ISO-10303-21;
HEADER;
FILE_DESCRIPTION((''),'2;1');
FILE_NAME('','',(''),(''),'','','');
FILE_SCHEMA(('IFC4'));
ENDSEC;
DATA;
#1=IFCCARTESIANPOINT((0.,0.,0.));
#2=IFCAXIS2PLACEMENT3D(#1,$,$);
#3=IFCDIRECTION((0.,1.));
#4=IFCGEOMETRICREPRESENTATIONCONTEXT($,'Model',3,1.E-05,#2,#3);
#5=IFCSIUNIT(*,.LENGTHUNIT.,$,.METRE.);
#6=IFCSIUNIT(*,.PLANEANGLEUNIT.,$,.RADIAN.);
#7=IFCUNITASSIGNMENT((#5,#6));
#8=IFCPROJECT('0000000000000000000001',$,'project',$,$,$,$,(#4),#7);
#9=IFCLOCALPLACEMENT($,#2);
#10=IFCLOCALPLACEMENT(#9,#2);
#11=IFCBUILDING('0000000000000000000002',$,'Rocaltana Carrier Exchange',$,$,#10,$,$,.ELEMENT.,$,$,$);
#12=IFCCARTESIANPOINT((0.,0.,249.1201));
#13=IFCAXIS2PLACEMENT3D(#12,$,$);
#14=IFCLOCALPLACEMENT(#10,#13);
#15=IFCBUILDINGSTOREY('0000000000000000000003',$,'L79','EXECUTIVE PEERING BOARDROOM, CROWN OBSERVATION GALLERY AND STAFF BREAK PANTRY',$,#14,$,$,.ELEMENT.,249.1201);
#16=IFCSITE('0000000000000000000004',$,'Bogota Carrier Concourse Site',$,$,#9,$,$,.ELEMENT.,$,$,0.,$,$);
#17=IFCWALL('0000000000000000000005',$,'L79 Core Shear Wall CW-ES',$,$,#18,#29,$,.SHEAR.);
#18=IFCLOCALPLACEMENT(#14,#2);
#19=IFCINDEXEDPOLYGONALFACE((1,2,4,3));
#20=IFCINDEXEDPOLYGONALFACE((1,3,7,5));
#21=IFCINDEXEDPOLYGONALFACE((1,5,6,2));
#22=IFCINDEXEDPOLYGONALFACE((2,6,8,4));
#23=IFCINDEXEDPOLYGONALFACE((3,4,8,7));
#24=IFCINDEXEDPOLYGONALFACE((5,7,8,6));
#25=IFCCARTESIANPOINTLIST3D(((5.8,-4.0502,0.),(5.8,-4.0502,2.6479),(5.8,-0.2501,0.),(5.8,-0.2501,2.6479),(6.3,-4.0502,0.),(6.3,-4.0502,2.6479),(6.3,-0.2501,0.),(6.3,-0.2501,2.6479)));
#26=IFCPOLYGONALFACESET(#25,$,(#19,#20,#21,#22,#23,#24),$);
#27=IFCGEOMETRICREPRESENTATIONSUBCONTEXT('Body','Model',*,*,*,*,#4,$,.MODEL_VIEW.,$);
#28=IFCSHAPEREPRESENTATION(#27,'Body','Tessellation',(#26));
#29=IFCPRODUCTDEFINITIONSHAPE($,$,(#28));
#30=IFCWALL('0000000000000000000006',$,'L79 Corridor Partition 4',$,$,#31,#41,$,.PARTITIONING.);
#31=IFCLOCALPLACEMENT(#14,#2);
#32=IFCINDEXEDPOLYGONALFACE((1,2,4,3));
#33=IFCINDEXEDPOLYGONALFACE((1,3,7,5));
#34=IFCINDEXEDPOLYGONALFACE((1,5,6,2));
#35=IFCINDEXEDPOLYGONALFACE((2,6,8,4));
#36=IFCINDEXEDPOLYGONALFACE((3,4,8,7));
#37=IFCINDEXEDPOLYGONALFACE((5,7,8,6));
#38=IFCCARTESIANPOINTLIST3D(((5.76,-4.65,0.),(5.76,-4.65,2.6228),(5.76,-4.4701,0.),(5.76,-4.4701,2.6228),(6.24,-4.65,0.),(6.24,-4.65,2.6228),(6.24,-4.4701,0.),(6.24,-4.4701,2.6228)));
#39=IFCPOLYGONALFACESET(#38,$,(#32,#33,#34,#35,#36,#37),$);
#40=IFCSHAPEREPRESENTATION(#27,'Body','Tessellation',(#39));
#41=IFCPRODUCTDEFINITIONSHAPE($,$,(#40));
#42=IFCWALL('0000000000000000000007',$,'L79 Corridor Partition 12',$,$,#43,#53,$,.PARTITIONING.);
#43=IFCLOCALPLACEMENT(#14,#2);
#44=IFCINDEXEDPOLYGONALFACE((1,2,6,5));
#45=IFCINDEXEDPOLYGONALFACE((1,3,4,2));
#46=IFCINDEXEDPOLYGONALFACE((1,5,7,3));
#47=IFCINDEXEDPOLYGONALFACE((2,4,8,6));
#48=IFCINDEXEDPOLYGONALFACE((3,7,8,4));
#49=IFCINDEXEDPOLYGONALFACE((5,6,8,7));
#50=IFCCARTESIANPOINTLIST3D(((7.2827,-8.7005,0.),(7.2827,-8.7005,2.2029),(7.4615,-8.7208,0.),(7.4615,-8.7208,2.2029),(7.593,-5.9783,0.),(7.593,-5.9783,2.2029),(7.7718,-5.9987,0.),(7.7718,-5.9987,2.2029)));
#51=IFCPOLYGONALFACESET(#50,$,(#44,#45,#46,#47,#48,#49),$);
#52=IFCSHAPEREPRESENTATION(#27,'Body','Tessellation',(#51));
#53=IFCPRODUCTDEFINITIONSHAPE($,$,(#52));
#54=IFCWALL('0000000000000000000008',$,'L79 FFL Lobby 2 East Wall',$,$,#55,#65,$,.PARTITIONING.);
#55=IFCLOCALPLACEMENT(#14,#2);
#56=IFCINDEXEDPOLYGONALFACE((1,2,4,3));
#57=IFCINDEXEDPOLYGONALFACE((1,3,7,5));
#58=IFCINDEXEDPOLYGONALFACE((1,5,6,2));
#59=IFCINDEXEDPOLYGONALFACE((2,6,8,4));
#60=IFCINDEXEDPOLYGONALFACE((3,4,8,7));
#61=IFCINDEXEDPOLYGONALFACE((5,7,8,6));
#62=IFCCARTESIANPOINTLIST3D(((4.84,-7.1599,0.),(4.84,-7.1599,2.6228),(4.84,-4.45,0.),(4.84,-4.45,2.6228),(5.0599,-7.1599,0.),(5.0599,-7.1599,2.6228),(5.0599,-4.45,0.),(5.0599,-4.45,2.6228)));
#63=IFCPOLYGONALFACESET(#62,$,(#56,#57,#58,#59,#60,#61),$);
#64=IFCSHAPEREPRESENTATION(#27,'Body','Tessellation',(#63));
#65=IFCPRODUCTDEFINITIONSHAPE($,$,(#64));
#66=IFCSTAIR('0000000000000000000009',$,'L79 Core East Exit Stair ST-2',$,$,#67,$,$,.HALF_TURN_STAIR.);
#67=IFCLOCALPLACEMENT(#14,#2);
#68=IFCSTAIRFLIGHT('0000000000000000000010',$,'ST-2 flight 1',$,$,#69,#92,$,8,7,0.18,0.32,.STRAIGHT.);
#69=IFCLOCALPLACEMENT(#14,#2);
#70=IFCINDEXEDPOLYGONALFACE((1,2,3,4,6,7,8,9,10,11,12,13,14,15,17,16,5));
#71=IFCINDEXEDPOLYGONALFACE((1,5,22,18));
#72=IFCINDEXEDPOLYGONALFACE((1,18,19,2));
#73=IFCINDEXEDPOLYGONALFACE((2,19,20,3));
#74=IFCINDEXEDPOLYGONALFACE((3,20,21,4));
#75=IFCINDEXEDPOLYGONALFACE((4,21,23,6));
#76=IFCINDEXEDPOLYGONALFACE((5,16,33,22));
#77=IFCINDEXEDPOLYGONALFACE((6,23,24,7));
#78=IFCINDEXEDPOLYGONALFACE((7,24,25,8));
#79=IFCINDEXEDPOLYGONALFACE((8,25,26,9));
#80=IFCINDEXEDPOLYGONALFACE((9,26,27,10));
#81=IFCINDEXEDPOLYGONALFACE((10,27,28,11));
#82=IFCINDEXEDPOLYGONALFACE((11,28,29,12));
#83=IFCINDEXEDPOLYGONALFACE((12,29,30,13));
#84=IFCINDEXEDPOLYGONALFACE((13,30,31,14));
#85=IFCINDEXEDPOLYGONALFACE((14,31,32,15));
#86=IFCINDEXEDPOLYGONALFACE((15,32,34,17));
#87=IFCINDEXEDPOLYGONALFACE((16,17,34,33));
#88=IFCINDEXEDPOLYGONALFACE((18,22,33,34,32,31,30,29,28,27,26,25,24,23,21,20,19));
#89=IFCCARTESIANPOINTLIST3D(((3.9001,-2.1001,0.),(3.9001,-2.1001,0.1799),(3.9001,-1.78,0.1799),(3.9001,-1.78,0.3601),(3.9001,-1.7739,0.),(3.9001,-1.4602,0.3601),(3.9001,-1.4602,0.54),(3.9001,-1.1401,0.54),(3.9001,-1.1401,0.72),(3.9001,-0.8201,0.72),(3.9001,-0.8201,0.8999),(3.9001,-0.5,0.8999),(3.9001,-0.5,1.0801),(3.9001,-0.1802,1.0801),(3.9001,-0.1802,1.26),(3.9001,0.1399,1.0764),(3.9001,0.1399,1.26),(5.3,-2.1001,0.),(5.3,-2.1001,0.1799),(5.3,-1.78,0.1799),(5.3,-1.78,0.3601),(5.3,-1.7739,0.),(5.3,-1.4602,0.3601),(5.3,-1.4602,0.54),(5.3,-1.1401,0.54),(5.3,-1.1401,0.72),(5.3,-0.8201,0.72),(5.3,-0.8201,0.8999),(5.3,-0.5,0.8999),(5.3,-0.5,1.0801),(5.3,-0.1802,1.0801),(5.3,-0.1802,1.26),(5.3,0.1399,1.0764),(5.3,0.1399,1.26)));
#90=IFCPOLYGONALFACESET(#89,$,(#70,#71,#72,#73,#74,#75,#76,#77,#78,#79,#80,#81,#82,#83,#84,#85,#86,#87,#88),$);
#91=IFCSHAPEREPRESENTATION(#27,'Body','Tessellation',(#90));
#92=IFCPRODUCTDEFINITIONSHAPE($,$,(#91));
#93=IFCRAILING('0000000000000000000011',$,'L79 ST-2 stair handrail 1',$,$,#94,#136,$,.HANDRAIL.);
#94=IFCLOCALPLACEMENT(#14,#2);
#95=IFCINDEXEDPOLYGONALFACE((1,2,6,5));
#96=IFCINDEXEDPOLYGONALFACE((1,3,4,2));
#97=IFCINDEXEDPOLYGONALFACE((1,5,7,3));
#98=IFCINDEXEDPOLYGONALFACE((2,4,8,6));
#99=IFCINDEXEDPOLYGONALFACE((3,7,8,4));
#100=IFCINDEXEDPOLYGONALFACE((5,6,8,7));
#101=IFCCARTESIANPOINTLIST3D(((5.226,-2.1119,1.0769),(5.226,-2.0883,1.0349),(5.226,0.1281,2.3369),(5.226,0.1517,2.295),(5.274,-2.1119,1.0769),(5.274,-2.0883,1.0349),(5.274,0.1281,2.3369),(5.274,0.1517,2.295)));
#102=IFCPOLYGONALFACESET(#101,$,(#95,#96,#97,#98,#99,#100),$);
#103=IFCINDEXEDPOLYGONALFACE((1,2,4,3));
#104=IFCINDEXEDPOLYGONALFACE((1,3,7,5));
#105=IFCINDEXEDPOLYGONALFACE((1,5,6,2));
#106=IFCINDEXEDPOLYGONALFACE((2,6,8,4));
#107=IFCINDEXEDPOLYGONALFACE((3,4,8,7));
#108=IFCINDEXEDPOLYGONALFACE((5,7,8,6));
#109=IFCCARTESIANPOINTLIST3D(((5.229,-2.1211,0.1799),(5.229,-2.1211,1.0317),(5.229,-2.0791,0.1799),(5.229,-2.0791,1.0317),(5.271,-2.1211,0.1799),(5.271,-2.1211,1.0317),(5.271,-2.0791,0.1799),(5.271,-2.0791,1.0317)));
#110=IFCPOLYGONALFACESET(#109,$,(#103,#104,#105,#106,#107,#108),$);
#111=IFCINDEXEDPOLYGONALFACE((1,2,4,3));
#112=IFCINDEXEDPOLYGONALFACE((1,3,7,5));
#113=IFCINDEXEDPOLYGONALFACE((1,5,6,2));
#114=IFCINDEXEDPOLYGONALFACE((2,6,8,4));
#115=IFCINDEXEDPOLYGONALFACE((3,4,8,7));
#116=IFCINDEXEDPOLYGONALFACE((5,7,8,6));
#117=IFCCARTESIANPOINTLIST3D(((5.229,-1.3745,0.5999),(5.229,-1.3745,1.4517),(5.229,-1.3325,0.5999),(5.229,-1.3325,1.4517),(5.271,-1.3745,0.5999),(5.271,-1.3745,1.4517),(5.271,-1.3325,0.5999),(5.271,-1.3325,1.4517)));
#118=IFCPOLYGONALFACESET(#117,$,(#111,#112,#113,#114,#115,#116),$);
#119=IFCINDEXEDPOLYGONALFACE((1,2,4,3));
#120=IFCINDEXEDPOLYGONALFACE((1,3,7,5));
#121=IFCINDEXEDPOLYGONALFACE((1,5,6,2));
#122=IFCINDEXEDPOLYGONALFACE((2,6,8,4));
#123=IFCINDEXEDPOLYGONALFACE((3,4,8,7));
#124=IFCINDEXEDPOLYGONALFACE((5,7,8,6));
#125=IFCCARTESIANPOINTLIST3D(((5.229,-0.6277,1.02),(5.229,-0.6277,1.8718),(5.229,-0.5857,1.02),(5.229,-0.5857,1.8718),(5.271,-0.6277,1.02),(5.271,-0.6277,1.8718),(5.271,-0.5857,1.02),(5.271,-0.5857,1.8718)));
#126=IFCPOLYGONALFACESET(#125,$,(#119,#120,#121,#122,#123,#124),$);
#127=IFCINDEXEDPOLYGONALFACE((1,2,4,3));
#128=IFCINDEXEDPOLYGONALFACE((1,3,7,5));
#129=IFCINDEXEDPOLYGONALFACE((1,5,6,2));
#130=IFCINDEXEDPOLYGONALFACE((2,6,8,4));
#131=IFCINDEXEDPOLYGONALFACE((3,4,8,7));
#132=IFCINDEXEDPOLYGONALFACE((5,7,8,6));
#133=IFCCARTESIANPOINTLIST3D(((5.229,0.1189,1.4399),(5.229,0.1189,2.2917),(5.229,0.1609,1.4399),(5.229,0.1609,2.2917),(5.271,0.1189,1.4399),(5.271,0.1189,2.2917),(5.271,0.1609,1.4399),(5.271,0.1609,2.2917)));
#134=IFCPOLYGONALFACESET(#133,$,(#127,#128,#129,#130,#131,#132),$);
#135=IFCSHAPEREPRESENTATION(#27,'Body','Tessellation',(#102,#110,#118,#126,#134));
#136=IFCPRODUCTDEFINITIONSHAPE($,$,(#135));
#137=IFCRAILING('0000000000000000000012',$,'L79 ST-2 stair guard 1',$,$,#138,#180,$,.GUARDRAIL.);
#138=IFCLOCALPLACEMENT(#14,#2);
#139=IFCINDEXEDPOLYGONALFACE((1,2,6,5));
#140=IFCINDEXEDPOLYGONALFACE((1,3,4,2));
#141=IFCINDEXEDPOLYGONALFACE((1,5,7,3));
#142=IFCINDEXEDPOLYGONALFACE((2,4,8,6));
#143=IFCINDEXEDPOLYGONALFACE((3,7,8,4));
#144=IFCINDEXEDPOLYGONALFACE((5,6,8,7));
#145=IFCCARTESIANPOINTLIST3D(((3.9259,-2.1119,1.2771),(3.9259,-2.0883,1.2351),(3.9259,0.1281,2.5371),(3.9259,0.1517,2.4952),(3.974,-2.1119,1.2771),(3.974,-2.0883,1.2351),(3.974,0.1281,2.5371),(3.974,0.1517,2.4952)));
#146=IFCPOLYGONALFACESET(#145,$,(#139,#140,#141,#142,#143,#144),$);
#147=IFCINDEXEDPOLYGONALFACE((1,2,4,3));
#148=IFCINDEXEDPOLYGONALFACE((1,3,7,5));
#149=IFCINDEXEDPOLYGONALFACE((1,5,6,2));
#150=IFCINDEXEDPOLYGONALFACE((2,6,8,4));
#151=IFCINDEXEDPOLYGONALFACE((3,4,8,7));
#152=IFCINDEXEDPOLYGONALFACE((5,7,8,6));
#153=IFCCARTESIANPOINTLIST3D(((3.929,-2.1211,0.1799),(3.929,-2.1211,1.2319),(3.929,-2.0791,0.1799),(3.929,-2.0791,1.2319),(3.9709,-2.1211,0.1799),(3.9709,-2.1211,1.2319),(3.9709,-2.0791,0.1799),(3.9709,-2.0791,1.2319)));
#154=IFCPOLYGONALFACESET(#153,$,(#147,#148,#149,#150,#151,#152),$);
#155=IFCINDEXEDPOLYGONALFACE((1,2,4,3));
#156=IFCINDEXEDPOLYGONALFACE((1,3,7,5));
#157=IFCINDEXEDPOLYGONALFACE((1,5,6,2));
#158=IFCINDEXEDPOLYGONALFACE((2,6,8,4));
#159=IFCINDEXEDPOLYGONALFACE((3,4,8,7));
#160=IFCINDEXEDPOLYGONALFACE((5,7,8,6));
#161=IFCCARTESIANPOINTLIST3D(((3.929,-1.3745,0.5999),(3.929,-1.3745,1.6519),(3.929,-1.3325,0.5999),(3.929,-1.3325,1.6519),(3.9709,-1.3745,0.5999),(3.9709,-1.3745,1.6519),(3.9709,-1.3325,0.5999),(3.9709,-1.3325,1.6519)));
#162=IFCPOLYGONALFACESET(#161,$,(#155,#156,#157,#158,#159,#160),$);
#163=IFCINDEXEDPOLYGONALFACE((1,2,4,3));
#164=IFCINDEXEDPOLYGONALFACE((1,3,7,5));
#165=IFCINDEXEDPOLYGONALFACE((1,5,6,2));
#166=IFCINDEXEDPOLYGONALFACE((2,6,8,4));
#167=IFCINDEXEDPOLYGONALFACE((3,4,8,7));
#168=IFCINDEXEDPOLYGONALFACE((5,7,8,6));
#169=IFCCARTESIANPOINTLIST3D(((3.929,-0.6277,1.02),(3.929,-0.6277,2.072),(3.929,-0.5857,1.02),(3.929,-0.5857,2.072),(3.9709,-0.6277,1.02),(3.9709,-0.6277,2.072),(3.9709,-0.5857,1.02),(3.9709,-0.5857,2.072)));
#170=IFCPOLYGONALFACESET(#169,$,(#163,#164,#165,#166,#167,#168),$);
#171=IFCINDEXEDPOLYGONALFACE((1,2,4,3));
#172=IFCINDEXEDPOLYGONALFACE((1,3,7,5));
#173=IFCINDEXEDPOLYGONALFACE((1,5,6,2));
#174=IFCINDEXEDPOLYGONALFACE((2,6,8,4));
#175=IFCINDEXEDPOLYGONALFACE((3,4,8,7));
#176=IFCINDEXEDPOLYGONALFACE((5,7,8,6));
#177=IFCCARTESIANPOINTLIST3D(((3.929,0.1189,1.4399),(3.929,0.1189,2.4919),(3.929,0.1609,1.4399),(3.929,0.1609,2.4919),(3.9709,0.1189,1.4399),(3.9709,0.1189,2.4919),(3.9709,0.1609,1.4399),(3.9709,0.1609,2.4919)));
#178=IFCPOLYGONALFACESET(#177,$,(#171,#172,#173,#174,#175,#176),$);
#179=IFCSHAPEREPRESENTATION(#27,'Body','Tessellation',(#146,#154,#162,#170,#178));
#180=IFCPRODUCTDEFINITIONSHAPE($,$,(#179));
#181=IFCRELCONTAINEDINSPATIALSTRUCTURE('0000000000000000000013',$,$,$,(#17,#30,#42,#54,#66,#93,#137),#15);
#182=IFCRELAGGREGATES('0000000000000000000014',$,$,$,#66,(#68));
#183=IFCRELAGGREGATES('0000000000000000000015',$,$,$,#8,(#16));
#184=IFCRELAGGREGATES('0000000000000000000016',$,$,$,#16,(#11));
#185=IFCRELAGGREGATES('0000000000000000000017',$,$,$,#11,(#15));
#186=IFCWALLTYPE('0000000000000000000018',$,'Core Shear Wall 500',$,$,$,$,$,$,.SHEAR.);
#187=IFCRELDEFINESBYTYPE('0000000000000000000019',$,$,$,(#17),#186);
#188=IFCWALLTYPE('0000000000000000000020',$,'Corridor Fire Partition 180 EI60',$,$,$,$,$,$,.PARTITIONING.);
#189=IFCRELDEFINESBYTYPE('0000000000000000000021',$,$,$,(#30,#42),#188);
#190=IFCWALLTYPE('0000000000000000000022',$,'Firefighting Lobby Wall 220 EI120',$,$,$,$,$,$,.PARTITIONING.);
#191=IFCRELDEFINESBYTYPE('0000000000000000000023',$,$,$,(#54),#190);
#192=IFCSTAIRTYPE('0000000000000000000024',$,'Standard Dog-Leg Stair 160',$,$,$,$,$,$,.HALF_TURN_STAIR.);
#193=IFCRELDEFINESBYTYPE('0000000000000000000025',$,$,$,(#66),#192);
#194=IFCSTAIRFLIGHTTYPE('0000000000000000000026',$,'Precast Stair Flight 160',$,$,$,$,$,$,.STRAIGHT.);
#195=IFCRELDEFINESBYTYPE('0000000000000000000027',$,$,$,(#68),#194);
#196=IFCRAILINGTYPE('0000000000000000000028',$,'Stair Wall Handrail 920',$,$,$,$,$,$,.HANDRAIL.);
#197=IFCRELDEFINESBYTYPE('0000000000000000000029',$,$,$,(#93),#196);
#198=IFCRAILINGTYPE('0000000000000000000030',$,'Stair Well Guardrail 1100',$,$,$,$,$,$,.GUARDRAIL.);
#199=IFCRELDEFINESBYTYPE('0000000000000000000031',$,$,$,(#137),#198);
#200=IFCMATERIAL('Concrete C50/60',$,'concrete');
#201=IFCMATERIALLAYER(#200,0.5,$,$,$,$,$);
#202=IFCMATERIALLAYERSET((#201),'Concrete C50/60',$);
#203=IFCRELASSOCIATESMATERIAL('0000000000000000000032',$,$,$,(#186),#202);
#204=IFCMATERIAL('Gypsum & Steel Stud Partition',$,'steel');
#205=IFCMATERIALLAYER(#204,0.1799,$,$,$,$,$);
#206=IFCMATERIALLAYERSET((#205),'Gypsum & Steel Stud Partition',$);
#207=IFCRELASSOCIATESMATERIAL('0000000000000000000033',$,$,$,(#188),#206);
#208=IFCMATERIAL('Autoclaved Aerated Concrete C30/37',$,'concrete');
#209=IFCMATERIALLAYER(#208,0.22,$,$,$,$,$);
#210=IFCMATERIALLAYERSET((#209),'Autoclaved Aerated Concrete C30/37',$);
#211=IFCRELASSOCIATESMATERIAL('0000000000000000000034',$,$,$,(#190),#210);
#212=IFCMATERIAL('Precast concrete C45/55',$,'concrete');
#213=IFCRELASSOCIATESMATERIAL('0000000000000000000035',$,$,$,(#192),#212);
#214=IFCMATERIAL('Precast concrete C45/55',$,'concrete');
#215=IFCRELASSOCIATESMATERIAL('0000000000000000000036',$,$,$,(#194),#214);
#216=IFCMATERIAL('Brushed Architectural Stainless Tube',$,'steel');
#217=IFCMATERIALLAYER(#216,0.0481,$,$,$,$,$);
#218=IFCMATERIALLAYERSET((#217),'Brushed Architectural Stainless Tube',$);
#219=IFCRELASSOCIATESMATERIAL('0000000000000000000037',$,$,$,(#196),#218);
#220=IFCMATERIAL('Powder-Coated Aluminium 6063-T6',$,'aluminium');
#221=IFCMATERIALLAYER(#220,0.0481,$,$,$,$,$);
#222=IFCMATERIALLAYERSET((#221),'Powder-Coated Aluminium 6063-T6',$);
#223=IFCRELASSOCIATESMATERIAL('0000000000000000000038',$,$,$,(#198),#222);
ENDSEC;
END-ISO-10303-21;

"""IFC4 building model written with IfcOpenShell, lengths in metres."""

from ifc_helpers import new_model, si_unit, direction, frame, frame_2d, origin, origin_2d, place, context, subcontext, project, spatial, polyline, rectangle, outline, extrude, material, layer, layer_set, type_object, element, aggregate, save


model = new_model("IFC4")

# Units and contexts
model_context = context("Model", 3, precision=1e-05, world=origin(), true_north=direction((0.0, 1.0)))
body_context = subcontext(model_context, "Body", "Model", "MODEL_VIEW")
ifc_project = project(units=[si_unit("LENGTHUNIT", "METRE"), si_unit("PLANEANGLEUNIT", "RADIAN")], contexts=[model_context])

# Site, building, storey
site_placement = place(None, origin())
site = spatial("IfcSite", under=ifc_project, at=site_placement, Name="Bogota Carrier Concourse Site", CompositionType="ELEMENT", RefElevation=0.0)
building_placement = place(site_placement, origin())
building = spatial("IfcBuilding", under=site, at=building_placement, Name="Rocaltana Carrier Exchange", CompositionType="ELEMENT")
storey_placement = place(building_placement, frame((0.0, 0.0, 249.1201)))
storey = spatial("IfcBuildingStorey", under=building, at=storey_placement, Name="L79", Description="EXECUTIVE PEERING BOARDROOM, CROWN OBSERVATION GALLERY AND STAFF BREAK PANTRY", CompositionType="ELEMENT", Elevation=249.1201)

# Walls
ifc_material_1 = material(Name="Concrete C50/60", Category="concrete")
ifc_layer_1 = layer(ifc_material_1, 0.5)
ifc_layer_set_1 = layer_set([ifc_layer_1], Name="Concrete C50/60")
wall_type_1 = type_object("IfcWallType", Name="Core Shear Wall 500", PredefinedType="SHEAR", material=ifc_layer_set_1)
wall_1_placement = place(storey_placement, frame((6.05, -4.05, 0.0), z_axis=(0.0, 0.0, 1.0), x_axis=(0.0, 1.0, 0.0)))
element("IfcWall", 1, at=wall_1_placement, inside=storey, type_object=wall_type_1, Name="L79 Core Shear Wall CW-ES", PredefinedType="SHEAR", context=body_context, shape_type="SweptSolid", body=[
    extrude(rectangle(XDim=3.8, YDim=0.5, at=frame_2d((1.8999, 0.0))), origin(), (0.0, 0.0, 1.0), 2.6479),
])
ifc_material_2 = material(Name="Gypsum & Steel Stud Partition", Category="steel")
ifc_layer_2 = layer(ifc_material_2, 0.1799)
ifc_layer_set_2 = layer_set([ifc_layer_2], Name="Gypsum & Steel Stud Partition")
wall_type_2 = type_object("IfcWallType", Name="Corridor Fire Partition 180 EI60", PredefinedType="PARTITIONING", material=ifc_layer_set_2)
wall_2_placement = place(storey_placement, frame((5.76, -4.5601, 0.0), z_axis=(0.0, 0.0, 1.0), x_axis=(1.0, 0.0, 0.0)))
element("IfcWall", 2, at=wall_2_placement, inside=storey, type_object=wall_type_2, Name="L79 Corridor Partition 4", PredefinedType="PARTITIONING", context=body_context, shape_type="SweptSolid", body=[
    extrude(rectangle(XDim=0.48, YDim=0.1799, at=frame_2d((0.24, 0.0))), origin(), (0.0, 0.0, 1.0), 2.6228),
])
wall_3_placement = place(storey_placement, frame((7.6824, -5.9885, 0.0), z_axis=(0.0, 0.0, 1.0), x_axis=(-0.113258, -0.993566, 0.0)))
element("IfcWall", 3, at=wall_3_placement, inside=storey, type_object=wall_type_2, Name="L79 Corridor Partition 12", PredefinedType="PARTITIONING", context=body_context, shape_type="SweptSolid", body=[
    extrude(rectangle(XDim=2.7397, YDim=0.1799, at=frame_2d((1.3699, 0.0))), origin(), (0.0, 0.0, 1.0), 2.2029),
])
ifc_material_3 = material(Name="Autoclaved Aerated Concrete C30/37", Category="concrete")
ifc_layer_3 = layer(ifc_material_3, 0.22)
ifc_layer_set_3 = layer_set([ifc_layer_3], Name="Autoclaved Aerated Concrete C30/37")
wall_type_3 = type_object("IfcWallType", Name="Firefighting Lobby Wall 220 EI120", PredefinedType="PARTITIONING", material=ifc_layer_set_3)
wall_4_placement = place(storey_placement, frame((4.95, -7.1599, 0.0), z_axis=(0.0, 0.0, 1.0), x_axis=(0.0, 1.0, 0.0)))
element("IfcWall", 4, at=wall_4_placement, inside=storey, type_object=wall_type_3, Name="L79 FFL Lobby 2 East Wall", PredefinedType="PARTITIONING", context=body_context, shape_type="SweptSolid", body=[
    extrude(rectangle(XDim=2.71, YDim=0.22, at=frame_2d((1.355, 0.0))), origin(), (0.0, 0.0, 1.0), 2.6228),
])

# Stair, stair flight
ifc_material_4 = material(Name="Precast concrete C45/55", Category="concrete")
stair_type = type_object("IfcStairType", Name="Standard Dog-Leg Stair 160", PredefinedType="HALF_TURN_STAIR", material=ifc_material_4)
stair_placement = place(storey_placement, origin())
stair = element("IfcStair", 5, at=stair_placement, inside=storey, type_object=stair_type, Name="L79 Core East Exit Stair ST-2", PredefinedType="HALF_TURN_STAIR")
ifc_material_5 = material(Name="Precast concrete C45/55", Category="concrete")
stair_flight_type = type_object("IfcStairFlightType", Name="Precast Stair Flight 160", PredefinedType="STRAIGHT", material=ifc_material_5)
stair_flight_placement = place(storey_placement, frame((4.6001, -2.1001, 0.0), z_axis=(0.0, 0.0, 1.0), x_axis=(0.0, 1.0, 0.0)))
stair_flight = element("IfcStairFlight", 6, at=stair_flight_placement, type_object=stair_flight_type, Name="ST-2 flight 1", NumberOfRisers=8, NumberOfTreads=7, PredefinedType="STRAIGHT", RiserHeight=0.18, TreadLength=0.32, context=body_context, shape_type="SweptSolid", body=[
    extrude(outline(polyline([(0.0, 0.0), (0.0, 0.1799), (0.3201, 0.1799), (0.3201, 0.3601), (0.6399, 0.3601), (0.6399, 0.54), (0.96, 0.54), (0.96, 0.72), (1.28, 0.72), (1.28, 0.8999), (1.6001, 0.8999), (1.6001, 1.0801), (1.9199, 1.0801), (1.9199, 1.26), (2.24, 1.26), (2.24, 1.4399), (2.24, 1.0764), (0.3262, 0.0), (0.0, 0.0)])), frame((0.0, 0.7, 0.0), z_axis=(0.0, -1.0, 0.0), x_axis=(1.0, 0.0, 0.0)), (0.0, 0.0, 1.0), 1.3999),
])
aggregate(stair, [stair_flight])

# Railings
ifc_material_6 = material(Name="Brushed Architectural Stainless Tube", Category="steel")
ifc_layer_4 = layer(ifc_material_6, 0.0481)
ifc_layer_set_4 = layer_set([ifc_layer_4], Name="Brushed Architectural Stainless Tube")
railing_type_1 = type_object("IfcRailingType", Name="Stair Wall Handrail 920", PredefinedType="HANDRAIL", material=ifc_layer_set_4)
railing_1_placement = place(storey_placement, frame((5.25, -2.1001, 0.1799)))
element("IfcRailing", 7, at=railing_1_placement, inside=storey, type_object=railing_type_1, Name="L79 ST-2 stair handrail 1", PredefinedType="HANDRAIL", context=body_context, shape_type="SweptSolid", body=[
    extrude(rectangle(XDim=0.0481, YDim=0.0481, at=origin_2d()), frame((0.0, 0.0, 0.876), z_axis=(0.0, 0.871573, 0.490266), x_axis=(-1.0, 0.0, 0.0)), (0.0, 0.0, 1.0), 2.5701),
    extrude(rectangle(XDim=0.042, YDim=0.042, at=origin_2d()), origin(), (0.0, 0.0, 1.0), 0.8518),
    extrude(rectangle(XDim=0.042, YDim=0.042, at=origin_2d()), frame((0.0, 0.7466, 0.4199)), (0.0, 0.0, 1.0), 0.8518),
    extrude(rectangle(XDim=0.042, YDim=0.042, at=origin_2d()), frame((0.0, 1.4934, 0.8401)), (0.0, 0.0, 1.0), 0.8518),
    extrude(rectangle(XDim=0.042, YDim=0.042, at=origin_2d()), frame((0.0, 2.24, 1.26)), (0.0, 0.0, 1.0), 0.8518),
])
ifc_material_7 = material(Name="Powder-Coated Aluminium 6063-T6", Category="aluminium")
ifc_layer_5 = layer(ifc_material_7, 0.0481)
ifc_layer_set_5 = layer_set([ifc_layer_5], Name="Powder-Coated Aluminium 6063-T6")
railing_type_2 = type_object("IfcRailingType", Name="Stair Well Guardrail 1100", PredefinedType="GUARDRAIL", material=ifc_layer_set_5)
railing_2_placement = place(storey_placement, frame((3.95, -2.1001, 0.1799)))
element("IfcRailing", 8, at=railing_2_placement, inside=storey, type_object=railing_type_2, Name="L79 ST-2 stair guard 1", PredefinedType="GUARDRAIL", context=body_context, shape_type="SweptSolid", body=[
    extrude(rectangle(XDim=0.0481, YDim=0.0481, at=origin_2d()), frame((0.0, 0.0, 1.0762), z_axis=(0.0, 0.871573, 0.490266), x_axis=(-1.0, 0.0, 0.0)), (0.0, 0.0, 1.0), 2.5701),
    extrude(rectangle(XDim=0.042, YDim=0.042, at=origin_2d()), origin(), (0.0, 0.0, 1.0), 1.052),
    extrude(rectangle(XDim=0.042, YDim=0.042, at=origin_2d()), frame((0.0, 0.7466, 0.4199)), (0.0, 0.0, 1.0), 1.052),
    extrude(rectangle(XDim=0.042, YDim=0.042, at=origin_2d()), frame((0.0, 1.4934, 0.8401)), (0.0, 0.0, 1.0), 1.052),
    extrude(rectangle(XDim=0.042, YDim=0.042, at=origin_2d()), frame((0.0, 2.24, 1.26)), (0.0, 0.0, 1.0), 1.052),
])

save(model, "model.ifc")
